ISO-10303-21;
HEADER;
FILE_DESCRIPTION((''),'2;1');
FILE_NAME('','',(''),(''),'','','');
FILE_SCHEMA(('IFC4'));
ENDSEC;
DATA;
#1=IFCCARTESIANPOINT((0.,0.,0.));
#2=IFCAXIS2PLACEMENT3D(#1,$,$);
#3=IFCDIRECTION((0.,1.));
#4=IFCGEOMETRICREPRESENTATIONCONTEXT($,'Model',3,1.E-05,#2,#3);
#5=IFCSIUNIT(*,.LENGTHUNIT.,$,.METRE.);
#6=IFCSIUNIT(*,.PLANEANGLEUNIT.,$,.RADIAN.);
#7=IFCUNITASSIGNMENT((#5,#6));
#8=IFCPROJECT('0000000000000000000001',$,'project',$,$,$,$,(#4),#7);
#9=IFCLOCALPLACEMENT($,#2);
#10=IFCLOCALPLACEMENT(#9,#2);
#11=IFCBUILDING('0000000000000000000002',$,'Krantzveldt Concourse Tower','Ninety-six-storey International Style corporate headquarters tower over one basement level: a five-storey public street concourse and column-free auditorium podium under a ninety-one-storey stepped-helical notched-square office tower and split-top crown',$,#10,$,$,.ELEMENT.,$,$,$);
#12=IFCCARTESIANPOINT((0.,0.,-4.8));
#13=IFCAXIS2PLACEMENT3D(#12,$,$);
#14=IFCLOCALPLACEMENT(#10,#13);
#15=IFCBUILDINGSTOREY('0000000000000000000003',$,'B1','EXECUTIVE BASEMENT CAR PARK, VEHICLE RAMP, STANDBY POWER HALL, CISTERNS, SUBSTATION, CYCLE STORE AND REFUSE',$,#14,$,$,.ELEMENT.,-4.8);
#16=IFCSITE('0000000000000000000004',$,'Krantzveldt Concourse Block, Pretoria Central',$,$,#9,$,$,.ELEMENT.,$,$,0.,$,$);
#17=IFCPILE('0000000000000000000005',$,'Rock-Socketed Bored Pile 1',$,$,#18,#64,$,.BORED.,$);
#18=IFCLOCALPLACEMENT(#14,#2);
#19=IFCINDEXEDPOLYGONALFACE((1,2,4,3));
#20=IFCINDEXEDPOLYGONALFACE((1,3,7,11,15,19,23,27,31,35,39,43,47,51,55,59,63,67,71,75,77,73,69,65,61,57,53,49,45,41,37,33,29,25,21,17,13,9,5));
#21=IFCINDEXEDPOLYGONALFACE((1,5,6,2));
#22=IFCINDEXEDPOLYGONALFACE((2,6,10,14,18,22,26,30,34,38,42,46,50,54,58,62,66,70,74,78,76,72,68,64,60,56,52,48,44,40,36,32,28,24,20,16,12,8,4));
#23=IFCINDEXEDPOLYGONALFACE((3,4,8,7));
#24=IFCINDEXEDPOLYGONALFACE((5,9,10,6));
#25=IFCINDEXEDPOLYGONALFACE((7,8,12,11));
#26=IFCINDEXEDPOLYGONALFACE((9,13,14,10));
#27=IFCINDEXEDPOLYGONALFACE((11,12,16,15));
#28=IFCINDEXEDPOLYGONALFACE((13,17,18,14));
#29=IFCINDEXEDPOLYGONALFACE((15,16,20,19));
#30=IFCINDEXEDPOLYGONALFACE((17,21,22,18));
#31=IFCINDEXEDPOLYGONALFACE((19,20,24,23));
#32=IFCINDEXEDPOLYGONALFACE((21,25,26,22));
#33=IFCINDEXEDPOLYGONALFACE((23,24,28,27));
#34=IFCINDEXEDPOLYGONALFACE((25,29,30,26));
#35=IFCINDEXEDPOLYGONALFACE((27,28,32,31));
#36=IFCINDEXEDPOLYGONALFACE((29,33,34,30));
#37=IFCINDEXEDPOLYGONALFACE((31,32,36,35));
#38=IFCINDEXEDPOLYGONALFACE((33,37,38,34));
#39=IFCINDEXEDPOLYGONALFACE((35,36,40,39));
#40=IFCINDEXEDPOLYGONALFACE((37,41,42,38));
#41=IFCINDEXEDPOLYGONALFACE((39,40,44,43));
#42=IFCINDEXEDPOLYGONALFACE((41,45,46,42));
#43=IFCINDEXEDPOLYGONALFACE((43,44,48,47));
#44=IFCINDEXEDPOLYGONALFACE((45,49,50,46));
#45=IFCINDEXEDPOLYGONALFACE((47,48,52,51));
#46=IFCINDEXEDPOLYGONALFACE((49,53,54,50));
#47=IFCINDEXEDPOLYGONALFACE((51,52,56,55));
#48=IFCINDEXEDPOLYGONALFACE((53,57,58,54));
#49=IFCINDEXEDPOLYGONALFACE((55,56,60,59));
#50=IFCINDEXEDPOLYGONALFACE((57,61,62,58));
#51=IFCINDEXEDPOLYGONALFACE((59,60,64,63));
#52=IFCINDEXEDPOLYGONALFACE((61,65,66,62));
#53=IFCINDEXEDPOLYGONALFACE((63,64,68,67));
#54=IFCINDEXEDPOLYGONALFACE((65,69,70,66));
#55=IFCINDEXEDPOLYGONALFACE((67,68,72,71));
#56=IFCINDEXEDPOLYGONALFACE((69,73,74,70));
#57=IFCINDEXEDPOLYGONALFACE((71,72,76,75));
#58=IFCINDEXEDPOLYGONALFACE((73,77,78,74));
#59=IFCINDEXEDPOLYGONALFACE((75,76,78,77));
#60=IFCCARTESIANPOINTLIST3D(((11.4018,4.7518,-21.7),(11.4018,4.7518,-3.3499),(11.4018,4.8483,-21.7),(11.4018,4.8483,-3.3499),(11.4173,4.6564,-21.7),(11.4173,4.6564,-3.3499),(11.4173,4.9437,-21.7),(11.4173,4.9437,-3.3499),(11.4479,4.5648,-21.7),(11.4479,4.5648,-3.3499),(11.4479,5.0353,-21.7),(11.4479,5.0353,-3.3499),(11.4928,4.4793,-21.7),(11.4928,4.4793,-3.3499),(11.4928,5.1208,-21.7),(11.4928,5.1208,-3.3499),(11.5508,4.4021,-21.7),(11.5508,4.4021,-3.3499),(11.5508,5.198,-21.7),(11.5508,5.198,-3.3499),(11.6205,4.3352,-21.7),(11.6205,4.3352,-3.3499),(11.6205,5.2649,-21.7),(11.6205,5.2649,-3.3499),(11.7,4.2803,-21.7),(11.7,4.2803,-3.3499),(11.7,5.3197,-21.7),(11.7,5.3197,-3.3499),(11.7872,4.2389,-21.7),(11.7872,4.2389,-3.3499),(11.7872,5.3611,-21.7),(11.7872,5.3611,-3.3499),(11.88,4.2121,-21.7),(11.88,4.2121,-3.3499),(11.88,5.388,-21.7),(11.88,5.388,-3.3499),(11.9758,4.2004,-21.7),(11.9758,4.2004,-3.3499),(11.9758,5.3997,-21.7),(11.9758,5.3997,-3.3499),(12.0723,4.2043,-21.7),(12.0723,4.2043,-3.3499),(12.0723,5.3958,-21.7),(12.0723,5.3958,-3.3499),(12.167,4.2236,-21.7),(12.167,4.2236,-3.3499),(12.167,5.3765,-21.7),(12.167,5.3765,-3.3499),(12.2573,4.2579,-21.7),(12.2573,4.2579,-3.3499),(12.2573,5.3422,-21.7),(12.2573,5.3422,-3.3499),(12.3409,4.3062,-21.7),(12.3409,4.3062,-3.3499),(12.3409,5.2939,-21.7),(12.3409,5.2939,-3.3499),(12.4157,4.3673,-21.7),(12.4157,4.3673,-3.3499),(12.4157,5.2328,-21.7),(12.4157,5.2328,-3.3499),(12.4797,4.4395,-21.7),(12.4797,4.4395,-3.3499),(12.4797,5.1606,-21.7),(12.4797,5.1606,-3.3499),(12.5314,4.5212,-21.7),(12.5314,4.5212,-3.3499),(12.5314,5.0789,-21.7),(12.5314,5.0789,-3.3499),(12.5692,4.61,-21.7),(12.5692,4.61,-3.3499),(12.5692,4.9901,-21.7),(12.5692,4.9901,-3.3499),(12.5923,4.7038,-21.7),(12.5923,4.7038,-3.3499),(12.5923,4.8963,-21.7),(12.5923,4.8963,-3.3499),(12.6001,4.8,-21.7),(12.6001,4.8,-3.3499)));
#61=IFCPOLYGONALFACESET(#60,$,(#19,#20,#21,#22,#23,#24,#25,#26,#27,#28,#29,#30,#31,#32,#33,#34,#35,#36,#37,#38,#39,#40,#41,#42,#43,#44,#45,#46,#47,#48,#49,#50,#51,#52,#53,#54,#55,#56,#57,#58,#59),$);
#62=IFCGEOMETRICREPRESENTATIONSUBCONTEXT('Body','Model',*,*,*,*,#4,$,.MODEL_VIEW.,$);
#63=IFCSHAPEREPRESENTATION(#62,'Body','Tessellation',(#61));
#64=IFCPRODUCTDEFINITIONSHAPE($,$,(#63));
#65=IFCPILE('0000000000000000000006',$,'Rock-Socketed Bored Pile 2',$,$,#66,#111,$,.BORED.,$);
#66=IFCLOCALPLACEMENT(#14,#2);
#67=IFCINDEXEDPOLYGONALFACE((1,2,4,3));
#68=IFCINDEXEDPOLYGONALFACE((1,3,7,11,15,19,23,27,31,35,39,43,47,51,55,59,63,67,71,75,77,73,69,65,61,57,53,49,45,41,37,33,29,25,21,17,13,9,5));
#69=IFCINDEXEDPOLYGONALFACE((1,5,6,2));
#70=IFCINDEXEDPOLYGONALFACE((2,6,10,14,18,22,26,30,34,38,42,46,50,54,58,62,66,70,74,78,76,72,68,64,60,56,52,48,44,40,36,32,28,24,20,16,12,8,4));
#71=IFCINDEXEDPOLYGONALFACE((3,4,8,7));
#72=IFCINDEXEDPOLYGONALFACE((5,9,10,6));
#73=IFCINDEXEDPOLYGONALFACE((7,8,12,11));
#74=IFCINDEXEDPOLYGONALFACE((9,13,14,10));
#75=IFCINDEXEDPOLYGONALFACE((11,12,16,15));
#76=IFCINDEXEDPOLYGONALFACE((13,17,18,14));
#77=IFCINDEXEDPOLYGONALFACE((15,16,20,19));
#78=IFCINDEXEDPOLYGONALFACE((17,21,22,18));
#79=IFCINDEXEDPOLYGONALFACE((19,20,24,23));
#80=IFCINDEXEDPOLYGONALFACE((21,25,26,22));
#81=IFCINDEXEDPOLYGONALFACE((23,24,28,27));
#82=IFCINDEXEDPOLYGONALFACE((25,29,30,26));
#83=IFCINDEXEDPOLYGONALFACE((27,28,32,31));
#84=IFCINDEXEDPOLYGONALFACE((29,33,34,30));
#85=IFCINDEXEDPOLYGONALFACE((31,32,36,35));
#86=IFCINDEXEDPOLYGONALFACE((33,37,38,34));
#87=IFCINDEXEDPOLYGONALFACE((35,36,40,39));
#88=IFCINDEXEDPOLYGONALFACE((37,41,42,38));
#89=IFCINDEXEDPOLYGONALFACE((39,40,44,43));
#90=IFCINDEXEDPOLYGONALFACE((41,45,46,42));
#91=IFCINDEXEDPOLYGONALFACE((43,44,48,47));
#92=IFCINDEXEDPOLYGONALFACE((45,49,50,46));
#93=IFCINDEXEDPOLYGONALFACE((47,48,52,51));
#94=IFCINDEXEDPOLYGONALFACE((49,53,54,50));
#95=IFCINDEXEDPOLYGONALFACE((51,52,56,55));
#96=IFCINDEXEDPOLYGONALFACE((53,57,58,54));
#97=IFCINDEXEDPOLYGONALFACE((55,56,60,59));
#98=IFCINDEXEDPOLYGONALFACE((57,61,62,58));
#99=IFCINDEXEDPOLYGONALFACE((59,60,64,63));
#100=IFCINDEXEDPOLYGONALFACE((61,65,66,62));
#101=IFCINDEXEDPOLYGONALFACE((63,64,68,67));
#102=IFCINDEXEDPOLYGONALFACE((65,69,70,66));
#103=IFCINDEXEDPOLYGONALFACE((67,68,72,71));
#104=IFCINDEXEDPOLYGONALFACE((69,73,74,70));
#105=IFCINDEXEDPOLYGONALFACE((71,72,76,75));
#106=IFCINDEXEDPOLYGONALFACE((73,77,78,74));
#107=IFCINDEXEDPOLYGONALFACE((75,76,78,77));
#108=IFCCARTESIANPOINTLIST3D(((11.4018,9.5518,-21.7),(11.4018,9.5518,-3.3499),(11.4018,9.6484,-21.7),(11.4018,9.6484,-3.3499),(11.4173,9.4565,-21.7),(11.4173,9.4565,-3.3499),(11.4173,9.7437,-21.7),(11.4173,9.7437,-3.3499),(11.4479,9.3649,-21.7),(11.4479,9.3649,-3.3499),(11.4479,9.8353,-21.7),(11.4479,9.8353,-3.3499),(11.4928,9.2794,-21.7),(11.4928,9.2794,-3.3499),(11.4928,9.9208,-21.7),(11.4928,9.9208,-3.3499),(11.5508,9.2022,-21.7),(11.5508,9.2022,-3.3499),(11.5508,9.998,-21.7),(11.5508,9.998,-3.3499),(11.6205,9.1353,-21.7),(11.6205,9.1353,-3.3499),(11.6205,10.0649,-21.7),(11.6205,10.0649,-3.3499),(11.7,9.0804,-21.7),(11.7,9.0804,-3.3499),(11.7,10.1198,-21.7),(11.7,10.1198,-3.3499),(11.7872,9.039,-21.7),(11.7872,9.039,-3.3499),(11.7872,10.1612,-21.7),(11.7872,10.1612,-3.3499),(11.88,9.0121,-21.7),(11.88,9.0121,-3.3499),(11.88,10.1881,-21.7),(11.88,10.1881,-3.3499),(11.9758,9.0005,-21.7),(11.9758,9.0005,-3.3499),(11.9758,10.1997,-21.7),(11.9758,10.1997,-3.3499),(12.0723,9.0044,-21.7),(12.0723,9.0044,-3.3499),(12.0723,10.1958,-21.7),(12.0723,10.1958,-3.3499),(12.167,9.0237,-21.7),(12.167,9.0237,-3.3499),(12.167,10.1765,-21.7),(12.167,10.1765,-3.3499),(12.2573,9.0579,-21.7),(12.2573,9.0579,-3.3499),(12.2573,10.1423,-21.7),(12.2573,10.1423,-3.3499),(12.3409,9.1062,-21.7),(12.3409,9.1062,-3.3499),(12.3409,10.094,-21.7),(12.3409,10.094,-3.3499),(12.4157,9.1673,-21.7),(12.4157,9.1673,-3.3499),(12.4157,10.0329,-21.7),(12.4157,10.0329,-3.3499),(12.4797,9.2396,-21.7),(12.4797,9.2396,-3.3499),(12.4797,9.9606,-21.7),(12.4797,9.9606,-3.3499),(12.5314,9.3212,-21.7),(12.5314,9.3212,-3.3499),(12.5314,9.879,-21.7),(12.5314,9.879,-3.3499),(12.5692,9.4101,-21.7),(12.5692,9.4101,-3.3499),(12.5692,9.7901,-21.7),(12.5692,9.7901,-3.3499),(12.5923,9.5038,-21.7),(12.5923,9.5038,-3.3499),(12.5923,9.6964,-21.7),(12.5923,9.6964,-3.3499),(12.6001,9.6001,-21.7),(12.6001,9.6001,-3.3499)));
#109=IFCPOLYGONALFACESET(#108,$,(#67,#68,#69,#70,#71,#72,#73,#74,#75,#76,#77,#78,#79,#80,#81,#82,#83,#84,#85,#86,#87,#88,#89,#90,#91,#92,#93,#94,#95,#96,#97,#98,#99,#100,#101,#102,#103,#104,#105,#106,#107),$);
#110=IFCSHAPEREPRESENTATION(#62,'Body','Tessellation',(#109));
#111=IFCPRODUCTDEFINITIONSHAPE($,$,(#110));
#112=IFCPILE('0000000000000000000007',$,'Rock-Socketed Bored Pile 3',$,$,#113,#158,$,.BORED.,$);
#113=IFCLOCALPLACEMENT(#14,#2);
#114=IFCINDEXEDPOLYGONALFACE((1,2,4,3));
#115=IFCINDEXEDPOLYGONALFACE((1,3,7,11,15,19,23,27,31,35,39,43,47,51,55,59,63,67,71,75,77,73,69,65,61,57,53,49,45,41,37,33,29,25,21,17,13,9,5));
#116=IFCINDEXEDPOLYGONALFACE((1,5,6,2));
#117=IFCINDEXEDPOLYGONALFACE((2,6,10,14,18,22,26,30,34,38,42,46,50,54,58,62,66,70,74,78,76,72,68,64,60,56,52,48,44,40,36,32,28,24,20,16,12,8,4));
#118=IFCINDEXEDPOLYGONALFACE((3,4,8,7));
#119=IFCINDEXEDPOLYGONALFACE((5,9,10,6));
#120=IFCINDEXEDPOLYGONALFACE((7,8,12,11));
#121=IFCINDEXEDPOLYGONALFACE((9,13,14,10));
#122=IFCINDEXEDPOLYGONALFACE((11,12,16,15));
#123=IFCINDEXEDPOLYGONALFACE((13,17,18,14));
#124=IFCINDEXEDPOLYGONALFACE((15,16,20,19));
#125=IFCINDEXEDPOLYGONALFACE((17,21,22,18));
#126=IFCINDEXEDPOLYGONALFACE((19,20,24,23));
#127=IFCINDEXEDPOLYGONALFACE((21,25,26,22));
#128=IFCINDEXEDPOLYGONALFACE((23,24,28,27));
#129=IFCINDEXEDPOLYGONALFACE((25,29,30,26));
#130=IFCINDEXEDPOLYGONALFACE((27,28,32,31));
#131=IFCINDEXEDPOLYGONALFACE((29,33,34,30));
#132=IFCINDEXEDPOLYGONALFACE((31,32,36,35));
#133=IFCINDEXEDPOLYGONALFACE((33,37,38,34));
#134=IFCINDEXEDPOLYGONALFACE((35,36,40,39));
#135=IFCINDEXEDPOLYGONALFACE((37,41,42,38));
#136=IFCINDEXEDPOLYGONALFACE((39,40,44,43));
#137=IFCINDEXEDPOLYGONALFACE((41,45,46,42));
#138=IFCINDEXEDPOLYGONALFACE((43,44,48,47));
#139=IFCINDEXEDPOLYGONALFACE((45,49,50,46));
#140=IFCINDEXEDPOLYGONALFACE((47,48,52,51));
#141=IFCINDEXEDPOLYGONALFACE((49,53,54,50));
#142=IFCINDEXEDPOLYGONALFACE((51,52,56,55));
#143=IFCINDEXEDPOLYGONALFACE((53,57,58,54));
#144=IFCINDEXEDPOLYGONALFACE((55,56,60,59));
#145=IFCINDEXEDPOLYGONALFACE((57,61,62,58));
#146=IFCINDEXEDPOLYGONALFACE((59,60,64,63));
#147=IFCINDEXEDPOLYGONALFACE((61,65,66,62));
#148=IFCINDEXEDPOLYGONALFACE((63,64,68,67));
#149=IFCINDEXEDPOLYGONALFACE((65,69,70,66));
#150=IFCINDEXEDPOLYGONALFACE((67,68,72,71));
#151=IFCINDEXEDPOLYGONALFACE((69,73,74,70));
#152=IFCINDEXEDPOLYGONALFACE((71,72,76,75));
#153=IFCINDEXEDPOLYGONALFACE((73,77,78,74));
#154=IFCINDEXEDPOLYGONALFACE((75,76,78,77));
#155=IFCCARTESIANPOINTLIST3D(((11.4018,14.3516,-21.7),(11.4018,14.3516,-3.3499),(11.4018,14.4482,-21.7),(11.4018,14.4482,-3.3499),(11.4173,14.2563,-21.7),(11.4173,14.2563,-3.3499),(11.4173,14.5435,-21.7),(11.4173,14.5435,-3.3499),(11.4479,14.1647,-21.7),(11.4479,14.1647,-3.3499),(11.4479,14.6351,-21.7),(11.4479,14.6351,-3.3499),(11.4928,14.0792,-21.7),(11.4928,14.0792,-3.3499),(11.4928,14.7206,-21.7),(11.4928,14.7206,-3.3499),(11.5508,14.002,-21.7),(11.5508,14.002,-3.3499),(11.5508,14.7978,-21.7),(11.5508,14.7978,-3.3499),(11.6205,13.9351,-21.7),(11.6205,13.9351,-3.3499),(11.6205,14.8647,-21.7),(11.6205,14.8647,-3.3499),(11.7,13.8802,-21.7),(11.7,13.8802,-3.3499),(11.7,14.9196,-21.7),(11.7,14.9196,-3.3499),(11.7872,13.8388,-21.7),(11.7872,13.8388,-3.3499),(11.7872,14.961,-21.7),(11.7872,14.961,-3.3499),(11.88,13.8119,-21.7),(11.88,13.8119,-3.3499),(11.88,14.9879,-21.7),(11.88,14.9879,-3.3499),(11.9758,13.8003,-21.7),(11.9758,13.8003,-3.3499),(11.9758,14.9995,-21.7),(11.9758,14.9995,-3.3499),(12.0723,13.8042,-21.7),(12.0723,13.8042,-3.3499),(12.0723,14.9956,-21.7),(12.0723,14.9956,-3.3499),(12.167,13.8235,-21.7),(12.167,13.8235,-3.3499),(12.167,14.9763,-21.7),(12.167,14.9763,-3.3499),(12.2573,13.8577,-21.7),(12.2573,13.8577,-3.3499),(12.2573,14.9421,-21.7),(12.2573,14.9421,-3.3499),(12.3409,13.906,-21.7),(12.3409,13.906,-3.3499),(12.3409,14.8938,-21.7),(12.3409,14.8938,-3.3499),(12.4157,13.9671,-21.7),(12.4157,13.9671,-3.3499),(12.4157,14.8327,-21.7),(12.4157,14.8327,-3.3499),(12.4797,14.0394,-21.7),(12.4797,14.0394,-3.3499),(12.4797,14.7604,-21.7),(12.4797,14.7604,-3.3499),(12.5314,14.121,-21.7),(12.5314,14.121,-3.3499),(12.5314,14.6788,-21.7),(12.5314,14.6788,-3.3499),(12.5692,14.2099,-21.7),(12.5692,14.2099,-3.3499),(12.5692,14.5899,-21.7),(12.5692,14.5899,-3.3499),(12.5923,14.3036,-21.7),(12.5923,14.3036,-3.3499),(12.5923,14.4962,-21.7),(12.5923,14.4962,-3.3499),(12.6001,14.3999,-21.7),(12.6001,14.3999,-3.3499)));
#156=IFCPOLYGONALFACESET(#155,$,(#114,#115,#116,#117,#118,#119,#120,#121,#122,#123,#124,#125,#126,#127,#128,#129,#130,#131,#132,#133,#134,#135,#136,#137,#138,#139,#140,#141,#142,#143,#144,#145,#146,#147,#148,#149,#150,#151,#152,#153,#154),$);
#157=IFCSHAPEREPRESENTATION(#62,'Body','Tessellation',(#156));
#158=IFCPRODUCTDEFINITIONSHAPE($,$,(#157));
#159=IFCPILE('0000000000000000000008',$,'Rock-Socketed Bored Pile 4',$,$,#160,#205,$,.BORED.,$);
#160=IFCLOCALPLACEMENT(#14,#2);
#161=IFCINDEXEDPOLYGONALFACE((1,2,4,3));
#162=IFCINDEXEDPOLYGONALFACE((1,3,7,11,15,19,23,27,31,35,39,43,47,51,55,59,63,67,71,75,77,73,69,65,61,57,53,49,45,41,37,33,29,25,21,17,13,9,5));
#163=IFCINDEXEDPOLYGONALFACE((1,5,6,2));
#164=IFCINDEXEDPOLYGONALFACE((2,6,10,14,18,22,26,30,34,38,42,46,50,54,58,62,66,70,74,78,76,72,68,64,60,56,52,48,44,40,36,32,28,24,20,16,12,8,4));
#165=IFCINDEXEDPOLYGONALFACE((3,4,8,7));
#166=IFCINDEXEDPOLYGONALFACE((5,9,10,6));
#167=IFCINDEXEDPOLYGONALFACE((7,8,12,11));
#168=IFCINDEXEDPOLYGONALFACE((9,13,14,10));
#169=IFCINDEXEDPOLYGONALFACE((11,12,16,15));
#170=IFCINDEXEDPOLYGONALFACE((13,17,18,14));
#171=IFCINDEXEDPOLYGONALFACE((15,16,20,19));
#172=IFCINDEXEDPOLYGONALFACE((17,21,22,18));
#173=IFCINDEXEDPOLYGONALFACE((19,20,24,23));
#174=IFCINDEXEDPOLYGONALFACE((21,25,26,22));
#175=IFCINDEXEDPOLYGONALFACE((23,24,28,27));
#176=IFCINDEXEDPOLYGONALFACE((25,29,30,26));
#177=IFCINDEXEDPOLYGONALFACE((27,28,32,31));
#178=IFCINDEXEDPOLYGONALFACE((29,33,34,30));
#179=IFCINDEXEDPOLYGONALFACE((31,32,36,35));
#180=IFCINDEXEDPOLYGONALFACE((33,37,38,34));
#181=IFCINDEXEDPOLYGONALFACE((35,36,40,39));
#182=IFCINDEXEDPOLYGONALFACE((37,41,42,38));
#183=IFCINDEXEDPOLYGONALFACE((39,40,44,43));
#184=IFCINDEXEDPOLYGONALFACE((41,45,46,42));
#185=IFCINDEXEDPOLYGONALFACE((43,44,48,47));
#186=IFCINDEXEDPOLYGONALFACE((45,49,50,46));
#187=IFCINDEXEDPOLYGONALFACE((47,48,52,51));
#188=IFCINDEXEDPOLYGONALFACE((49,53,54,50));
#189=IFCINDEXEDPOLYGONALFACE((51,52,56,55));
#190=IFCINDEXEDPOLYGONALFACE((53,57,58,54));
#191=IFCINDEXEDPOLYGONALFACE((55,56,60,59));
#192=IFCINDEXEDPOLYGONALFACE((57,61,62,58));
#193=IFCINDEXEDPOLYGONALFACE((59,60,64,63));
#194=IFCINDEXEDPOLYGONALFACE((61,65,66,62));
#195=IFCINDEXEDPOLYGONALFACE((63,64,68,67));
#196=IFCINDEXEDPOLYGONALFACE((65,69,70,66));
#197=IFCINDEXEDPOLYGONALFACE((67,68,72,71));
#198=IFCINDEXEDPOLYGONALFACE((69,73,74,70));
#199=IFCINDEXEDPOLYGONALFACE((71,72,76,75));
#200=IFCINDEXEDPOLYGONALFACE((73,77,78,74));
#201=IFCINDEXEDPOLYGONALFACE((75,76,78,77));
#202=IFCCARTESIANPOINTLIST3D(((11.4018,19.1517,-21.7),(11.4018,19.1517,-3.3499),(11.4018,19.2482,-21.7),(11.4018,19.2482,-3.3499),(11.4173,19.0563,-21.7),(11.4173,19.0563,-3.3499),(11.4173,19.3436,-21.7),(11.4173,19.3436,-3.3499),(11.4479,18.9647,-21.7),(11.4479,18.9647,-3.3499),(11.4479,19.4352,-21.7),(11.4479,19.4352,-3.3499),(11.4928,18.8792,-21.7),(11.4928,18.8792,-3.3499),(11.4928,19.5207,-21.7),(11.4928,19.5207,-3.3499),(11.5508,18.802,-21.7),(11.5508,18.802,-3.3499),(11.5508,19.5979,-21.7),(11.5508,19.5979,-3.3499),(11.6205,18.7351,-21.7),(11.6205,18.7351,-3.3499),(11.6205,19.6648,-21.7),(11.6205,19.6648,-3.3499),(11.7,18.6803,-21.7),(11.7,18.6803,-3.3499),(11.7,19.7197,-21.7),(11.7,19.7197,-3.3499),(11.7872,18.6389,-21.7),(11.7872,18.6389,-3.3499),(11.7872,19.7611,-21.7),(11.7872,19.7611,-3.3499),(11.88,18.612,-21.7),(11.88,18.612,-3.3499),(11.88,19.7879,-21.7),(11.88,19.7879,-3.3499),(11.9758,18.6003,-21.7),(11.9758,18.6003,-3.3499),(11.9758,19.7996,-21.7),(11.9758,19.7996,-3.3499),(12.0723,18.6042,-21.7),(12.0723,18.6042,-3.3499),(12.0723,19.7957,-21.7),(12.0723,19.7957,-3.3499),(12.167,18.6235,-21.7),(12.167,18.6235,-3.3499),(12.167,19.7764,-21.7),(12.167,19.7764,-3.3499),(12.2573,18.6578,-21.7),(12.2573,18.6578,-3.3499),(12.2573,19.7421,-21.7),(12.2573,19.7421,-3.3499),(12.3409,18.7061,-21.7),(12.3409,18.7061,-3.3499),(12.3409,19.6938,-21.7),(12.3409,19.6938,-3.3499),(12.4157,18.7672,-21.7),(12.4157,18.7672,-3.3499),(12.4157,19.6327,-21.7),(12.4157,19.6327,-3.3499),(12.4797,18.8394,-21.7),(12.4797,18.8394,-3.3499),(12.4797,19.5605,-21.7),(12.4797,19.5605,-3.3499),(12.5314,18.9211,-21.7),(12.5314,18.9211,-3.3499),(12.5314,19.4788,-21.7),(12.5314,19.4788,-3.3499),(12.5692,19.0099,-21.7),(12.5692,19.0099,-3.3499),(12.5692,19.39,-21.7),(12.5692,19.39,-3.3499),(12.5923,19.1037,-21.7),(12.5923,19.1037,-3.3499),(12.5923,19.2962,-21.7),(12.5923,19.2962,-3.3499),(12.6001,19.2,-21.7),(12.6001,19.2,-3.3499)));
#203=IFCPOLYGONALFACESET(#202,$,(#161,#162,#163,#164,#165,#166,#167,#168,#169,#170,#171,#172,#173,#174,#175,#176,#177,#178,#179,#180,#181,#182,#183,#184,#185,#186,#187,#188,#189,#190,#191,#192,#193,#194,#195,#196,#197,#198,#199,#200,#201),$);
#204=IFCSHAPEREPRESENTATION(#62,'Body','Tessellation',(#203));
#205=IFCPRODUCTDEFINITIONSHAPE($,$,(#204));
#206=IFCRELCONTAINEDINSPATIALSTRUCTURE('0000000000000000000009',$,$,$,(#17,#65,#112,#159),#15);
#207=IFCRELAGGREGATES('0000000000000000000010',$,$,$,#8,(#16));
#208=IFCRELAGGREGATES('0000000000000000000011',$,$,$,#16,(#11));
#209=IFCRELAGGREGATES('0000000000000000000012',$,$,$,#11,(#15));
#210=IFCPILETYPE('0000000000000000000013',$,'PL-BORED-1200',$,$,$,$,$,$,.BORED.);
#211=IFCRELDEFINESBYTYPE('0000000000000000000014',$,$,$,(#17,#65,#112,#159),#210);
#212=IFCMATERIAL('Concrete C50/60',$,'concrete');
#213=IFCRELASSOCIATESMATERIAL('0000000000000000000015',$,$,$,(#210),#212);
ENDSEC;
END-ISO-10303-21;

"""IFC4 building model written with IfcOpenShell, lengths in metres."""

from ifc_helpers import new_model, si_unit, direction, frame, origin, origin_2d, place, context, subcontext, project, spatial, circle, extrude, source, transform, mapped, material, material_profile, profile_set, type_object, element, save


model = new_model("IFC4")

# Units and contexts
model_context = context("Model", 3, precision=1e-05, world=origin(), true_north=direction((0.0, 1.0)))
body_context = subcontext(model_context, "Body", "Model", "MODEL_VIEW")
ifc_project = project(units=[si_unit("LENGTHUNIT", "METRE"), si_unit("PLANEANGLEUNIT", "RADIAN")], contexts=[model_context])

# Site, building, storey
site_placement = place(None, origin())
site = spatial("IfcSite", under=ifc_project, at=site_placement, Name="Krantzveldt Concourse Block, Pretoria Central", CompositionType="ELEMENT", RefElevation=0.0)
building_placement = place(site_placement, origin())
building = spatial("IfcBuilding", under=site, at=building_placement, Name="Krantzveldt Concourse Tower", Description="Ninety-six-storey International Style corporate headquarters tower over one basement level: a five-storey public street concourse and column-free auditorium podium under a ninety-one-storey stepped-helical notched-square office tower and split-top crown", CompositionType="ELEMENT")
storey_placement = place(building_placement, frame((0.0, 0.0, -4.8)))
storey = spatial("IfcBuildingStorey", under=building, at=storey_placement, Name="B1", Description="EXECUTIVE BASEMENT CAR PARK, VEHICLE RAMP, STANDBY POWER HALL, CISTERNS, SUBSTATION, CYCLE STORE AND REFUSE", CompositionType="ELEMENT", Elevation=-4.8)

# Shared definitions
ifc_material_1 = material(Name="Concrete C50/60", Category="concrete")
ifc_material_profile_1 = material_profile(ifc_material_1, circle(Radius=0.6001, at=origin_2d()), Name="Concrete C50/60", Category="concrete")
ifc_profile_set_1 = profile_set([ifc_material_profile_1], Name="Concrete C50/60 - PILE D1200")
pile_type = type_object("IfcPileType", Name="PL-BORED-1200", PredefinedType="BORED", material=ifc_profile_set_1)

# Piles
shared_shape_1 = source(origin(), body_context, "Body", "SweptSolid", [
    extrude(circle(Radius=0.6001, at=origin_2d()), origin(), (0.0, 0.0, 1.0), 18.3501),
])
for number, where, z_axis, x_axis, name in (
    (1, (12.0, 4.8, -3.3499), (0.0, 0.0, -1.0), (1.0, 0.0, 0.0), "Rock-Socketed Bored Pile 1"),
    (2, (12.0, 9.6001, -3.3499), (0.0, 0.0, -1.0), (1.0, 0.0, 0.0), "Rock-Socketed Bored Pile 2"),
    (3, (12.0, 14.3999, -3.3499), (0.0, 0.0, -1.0), (1.0, 0.0, 0.0), "Rock-Socketed Bored Pile 3"),
    (4, (12.0, 19.2, -3.3499), (0.0, 0.0, -1.0), (1.0, 0.0, 0.0), "Rock-Socketed Bored Pile 4"),
):
    element("IfcPile", number, at=place(storey_placement, frame(where, z_axis=z_axis, x_axis=x_axis)), inside=storey, type_object=pile_type, Name=name, PredefinedType="BORED", context=body_context, shape_type="MappedRepresentation", body=[
        mapped(shared_shape_1, transform((0.0, 0.0, 0.0), x_axis=(1.0, 0.0, 0.0), y_axis=(0.0, 1.0, 0.0), z_axis=(0.0, 0.0, 1.0), scale=1.0)),
    ])

save(model, "model.ifc")
